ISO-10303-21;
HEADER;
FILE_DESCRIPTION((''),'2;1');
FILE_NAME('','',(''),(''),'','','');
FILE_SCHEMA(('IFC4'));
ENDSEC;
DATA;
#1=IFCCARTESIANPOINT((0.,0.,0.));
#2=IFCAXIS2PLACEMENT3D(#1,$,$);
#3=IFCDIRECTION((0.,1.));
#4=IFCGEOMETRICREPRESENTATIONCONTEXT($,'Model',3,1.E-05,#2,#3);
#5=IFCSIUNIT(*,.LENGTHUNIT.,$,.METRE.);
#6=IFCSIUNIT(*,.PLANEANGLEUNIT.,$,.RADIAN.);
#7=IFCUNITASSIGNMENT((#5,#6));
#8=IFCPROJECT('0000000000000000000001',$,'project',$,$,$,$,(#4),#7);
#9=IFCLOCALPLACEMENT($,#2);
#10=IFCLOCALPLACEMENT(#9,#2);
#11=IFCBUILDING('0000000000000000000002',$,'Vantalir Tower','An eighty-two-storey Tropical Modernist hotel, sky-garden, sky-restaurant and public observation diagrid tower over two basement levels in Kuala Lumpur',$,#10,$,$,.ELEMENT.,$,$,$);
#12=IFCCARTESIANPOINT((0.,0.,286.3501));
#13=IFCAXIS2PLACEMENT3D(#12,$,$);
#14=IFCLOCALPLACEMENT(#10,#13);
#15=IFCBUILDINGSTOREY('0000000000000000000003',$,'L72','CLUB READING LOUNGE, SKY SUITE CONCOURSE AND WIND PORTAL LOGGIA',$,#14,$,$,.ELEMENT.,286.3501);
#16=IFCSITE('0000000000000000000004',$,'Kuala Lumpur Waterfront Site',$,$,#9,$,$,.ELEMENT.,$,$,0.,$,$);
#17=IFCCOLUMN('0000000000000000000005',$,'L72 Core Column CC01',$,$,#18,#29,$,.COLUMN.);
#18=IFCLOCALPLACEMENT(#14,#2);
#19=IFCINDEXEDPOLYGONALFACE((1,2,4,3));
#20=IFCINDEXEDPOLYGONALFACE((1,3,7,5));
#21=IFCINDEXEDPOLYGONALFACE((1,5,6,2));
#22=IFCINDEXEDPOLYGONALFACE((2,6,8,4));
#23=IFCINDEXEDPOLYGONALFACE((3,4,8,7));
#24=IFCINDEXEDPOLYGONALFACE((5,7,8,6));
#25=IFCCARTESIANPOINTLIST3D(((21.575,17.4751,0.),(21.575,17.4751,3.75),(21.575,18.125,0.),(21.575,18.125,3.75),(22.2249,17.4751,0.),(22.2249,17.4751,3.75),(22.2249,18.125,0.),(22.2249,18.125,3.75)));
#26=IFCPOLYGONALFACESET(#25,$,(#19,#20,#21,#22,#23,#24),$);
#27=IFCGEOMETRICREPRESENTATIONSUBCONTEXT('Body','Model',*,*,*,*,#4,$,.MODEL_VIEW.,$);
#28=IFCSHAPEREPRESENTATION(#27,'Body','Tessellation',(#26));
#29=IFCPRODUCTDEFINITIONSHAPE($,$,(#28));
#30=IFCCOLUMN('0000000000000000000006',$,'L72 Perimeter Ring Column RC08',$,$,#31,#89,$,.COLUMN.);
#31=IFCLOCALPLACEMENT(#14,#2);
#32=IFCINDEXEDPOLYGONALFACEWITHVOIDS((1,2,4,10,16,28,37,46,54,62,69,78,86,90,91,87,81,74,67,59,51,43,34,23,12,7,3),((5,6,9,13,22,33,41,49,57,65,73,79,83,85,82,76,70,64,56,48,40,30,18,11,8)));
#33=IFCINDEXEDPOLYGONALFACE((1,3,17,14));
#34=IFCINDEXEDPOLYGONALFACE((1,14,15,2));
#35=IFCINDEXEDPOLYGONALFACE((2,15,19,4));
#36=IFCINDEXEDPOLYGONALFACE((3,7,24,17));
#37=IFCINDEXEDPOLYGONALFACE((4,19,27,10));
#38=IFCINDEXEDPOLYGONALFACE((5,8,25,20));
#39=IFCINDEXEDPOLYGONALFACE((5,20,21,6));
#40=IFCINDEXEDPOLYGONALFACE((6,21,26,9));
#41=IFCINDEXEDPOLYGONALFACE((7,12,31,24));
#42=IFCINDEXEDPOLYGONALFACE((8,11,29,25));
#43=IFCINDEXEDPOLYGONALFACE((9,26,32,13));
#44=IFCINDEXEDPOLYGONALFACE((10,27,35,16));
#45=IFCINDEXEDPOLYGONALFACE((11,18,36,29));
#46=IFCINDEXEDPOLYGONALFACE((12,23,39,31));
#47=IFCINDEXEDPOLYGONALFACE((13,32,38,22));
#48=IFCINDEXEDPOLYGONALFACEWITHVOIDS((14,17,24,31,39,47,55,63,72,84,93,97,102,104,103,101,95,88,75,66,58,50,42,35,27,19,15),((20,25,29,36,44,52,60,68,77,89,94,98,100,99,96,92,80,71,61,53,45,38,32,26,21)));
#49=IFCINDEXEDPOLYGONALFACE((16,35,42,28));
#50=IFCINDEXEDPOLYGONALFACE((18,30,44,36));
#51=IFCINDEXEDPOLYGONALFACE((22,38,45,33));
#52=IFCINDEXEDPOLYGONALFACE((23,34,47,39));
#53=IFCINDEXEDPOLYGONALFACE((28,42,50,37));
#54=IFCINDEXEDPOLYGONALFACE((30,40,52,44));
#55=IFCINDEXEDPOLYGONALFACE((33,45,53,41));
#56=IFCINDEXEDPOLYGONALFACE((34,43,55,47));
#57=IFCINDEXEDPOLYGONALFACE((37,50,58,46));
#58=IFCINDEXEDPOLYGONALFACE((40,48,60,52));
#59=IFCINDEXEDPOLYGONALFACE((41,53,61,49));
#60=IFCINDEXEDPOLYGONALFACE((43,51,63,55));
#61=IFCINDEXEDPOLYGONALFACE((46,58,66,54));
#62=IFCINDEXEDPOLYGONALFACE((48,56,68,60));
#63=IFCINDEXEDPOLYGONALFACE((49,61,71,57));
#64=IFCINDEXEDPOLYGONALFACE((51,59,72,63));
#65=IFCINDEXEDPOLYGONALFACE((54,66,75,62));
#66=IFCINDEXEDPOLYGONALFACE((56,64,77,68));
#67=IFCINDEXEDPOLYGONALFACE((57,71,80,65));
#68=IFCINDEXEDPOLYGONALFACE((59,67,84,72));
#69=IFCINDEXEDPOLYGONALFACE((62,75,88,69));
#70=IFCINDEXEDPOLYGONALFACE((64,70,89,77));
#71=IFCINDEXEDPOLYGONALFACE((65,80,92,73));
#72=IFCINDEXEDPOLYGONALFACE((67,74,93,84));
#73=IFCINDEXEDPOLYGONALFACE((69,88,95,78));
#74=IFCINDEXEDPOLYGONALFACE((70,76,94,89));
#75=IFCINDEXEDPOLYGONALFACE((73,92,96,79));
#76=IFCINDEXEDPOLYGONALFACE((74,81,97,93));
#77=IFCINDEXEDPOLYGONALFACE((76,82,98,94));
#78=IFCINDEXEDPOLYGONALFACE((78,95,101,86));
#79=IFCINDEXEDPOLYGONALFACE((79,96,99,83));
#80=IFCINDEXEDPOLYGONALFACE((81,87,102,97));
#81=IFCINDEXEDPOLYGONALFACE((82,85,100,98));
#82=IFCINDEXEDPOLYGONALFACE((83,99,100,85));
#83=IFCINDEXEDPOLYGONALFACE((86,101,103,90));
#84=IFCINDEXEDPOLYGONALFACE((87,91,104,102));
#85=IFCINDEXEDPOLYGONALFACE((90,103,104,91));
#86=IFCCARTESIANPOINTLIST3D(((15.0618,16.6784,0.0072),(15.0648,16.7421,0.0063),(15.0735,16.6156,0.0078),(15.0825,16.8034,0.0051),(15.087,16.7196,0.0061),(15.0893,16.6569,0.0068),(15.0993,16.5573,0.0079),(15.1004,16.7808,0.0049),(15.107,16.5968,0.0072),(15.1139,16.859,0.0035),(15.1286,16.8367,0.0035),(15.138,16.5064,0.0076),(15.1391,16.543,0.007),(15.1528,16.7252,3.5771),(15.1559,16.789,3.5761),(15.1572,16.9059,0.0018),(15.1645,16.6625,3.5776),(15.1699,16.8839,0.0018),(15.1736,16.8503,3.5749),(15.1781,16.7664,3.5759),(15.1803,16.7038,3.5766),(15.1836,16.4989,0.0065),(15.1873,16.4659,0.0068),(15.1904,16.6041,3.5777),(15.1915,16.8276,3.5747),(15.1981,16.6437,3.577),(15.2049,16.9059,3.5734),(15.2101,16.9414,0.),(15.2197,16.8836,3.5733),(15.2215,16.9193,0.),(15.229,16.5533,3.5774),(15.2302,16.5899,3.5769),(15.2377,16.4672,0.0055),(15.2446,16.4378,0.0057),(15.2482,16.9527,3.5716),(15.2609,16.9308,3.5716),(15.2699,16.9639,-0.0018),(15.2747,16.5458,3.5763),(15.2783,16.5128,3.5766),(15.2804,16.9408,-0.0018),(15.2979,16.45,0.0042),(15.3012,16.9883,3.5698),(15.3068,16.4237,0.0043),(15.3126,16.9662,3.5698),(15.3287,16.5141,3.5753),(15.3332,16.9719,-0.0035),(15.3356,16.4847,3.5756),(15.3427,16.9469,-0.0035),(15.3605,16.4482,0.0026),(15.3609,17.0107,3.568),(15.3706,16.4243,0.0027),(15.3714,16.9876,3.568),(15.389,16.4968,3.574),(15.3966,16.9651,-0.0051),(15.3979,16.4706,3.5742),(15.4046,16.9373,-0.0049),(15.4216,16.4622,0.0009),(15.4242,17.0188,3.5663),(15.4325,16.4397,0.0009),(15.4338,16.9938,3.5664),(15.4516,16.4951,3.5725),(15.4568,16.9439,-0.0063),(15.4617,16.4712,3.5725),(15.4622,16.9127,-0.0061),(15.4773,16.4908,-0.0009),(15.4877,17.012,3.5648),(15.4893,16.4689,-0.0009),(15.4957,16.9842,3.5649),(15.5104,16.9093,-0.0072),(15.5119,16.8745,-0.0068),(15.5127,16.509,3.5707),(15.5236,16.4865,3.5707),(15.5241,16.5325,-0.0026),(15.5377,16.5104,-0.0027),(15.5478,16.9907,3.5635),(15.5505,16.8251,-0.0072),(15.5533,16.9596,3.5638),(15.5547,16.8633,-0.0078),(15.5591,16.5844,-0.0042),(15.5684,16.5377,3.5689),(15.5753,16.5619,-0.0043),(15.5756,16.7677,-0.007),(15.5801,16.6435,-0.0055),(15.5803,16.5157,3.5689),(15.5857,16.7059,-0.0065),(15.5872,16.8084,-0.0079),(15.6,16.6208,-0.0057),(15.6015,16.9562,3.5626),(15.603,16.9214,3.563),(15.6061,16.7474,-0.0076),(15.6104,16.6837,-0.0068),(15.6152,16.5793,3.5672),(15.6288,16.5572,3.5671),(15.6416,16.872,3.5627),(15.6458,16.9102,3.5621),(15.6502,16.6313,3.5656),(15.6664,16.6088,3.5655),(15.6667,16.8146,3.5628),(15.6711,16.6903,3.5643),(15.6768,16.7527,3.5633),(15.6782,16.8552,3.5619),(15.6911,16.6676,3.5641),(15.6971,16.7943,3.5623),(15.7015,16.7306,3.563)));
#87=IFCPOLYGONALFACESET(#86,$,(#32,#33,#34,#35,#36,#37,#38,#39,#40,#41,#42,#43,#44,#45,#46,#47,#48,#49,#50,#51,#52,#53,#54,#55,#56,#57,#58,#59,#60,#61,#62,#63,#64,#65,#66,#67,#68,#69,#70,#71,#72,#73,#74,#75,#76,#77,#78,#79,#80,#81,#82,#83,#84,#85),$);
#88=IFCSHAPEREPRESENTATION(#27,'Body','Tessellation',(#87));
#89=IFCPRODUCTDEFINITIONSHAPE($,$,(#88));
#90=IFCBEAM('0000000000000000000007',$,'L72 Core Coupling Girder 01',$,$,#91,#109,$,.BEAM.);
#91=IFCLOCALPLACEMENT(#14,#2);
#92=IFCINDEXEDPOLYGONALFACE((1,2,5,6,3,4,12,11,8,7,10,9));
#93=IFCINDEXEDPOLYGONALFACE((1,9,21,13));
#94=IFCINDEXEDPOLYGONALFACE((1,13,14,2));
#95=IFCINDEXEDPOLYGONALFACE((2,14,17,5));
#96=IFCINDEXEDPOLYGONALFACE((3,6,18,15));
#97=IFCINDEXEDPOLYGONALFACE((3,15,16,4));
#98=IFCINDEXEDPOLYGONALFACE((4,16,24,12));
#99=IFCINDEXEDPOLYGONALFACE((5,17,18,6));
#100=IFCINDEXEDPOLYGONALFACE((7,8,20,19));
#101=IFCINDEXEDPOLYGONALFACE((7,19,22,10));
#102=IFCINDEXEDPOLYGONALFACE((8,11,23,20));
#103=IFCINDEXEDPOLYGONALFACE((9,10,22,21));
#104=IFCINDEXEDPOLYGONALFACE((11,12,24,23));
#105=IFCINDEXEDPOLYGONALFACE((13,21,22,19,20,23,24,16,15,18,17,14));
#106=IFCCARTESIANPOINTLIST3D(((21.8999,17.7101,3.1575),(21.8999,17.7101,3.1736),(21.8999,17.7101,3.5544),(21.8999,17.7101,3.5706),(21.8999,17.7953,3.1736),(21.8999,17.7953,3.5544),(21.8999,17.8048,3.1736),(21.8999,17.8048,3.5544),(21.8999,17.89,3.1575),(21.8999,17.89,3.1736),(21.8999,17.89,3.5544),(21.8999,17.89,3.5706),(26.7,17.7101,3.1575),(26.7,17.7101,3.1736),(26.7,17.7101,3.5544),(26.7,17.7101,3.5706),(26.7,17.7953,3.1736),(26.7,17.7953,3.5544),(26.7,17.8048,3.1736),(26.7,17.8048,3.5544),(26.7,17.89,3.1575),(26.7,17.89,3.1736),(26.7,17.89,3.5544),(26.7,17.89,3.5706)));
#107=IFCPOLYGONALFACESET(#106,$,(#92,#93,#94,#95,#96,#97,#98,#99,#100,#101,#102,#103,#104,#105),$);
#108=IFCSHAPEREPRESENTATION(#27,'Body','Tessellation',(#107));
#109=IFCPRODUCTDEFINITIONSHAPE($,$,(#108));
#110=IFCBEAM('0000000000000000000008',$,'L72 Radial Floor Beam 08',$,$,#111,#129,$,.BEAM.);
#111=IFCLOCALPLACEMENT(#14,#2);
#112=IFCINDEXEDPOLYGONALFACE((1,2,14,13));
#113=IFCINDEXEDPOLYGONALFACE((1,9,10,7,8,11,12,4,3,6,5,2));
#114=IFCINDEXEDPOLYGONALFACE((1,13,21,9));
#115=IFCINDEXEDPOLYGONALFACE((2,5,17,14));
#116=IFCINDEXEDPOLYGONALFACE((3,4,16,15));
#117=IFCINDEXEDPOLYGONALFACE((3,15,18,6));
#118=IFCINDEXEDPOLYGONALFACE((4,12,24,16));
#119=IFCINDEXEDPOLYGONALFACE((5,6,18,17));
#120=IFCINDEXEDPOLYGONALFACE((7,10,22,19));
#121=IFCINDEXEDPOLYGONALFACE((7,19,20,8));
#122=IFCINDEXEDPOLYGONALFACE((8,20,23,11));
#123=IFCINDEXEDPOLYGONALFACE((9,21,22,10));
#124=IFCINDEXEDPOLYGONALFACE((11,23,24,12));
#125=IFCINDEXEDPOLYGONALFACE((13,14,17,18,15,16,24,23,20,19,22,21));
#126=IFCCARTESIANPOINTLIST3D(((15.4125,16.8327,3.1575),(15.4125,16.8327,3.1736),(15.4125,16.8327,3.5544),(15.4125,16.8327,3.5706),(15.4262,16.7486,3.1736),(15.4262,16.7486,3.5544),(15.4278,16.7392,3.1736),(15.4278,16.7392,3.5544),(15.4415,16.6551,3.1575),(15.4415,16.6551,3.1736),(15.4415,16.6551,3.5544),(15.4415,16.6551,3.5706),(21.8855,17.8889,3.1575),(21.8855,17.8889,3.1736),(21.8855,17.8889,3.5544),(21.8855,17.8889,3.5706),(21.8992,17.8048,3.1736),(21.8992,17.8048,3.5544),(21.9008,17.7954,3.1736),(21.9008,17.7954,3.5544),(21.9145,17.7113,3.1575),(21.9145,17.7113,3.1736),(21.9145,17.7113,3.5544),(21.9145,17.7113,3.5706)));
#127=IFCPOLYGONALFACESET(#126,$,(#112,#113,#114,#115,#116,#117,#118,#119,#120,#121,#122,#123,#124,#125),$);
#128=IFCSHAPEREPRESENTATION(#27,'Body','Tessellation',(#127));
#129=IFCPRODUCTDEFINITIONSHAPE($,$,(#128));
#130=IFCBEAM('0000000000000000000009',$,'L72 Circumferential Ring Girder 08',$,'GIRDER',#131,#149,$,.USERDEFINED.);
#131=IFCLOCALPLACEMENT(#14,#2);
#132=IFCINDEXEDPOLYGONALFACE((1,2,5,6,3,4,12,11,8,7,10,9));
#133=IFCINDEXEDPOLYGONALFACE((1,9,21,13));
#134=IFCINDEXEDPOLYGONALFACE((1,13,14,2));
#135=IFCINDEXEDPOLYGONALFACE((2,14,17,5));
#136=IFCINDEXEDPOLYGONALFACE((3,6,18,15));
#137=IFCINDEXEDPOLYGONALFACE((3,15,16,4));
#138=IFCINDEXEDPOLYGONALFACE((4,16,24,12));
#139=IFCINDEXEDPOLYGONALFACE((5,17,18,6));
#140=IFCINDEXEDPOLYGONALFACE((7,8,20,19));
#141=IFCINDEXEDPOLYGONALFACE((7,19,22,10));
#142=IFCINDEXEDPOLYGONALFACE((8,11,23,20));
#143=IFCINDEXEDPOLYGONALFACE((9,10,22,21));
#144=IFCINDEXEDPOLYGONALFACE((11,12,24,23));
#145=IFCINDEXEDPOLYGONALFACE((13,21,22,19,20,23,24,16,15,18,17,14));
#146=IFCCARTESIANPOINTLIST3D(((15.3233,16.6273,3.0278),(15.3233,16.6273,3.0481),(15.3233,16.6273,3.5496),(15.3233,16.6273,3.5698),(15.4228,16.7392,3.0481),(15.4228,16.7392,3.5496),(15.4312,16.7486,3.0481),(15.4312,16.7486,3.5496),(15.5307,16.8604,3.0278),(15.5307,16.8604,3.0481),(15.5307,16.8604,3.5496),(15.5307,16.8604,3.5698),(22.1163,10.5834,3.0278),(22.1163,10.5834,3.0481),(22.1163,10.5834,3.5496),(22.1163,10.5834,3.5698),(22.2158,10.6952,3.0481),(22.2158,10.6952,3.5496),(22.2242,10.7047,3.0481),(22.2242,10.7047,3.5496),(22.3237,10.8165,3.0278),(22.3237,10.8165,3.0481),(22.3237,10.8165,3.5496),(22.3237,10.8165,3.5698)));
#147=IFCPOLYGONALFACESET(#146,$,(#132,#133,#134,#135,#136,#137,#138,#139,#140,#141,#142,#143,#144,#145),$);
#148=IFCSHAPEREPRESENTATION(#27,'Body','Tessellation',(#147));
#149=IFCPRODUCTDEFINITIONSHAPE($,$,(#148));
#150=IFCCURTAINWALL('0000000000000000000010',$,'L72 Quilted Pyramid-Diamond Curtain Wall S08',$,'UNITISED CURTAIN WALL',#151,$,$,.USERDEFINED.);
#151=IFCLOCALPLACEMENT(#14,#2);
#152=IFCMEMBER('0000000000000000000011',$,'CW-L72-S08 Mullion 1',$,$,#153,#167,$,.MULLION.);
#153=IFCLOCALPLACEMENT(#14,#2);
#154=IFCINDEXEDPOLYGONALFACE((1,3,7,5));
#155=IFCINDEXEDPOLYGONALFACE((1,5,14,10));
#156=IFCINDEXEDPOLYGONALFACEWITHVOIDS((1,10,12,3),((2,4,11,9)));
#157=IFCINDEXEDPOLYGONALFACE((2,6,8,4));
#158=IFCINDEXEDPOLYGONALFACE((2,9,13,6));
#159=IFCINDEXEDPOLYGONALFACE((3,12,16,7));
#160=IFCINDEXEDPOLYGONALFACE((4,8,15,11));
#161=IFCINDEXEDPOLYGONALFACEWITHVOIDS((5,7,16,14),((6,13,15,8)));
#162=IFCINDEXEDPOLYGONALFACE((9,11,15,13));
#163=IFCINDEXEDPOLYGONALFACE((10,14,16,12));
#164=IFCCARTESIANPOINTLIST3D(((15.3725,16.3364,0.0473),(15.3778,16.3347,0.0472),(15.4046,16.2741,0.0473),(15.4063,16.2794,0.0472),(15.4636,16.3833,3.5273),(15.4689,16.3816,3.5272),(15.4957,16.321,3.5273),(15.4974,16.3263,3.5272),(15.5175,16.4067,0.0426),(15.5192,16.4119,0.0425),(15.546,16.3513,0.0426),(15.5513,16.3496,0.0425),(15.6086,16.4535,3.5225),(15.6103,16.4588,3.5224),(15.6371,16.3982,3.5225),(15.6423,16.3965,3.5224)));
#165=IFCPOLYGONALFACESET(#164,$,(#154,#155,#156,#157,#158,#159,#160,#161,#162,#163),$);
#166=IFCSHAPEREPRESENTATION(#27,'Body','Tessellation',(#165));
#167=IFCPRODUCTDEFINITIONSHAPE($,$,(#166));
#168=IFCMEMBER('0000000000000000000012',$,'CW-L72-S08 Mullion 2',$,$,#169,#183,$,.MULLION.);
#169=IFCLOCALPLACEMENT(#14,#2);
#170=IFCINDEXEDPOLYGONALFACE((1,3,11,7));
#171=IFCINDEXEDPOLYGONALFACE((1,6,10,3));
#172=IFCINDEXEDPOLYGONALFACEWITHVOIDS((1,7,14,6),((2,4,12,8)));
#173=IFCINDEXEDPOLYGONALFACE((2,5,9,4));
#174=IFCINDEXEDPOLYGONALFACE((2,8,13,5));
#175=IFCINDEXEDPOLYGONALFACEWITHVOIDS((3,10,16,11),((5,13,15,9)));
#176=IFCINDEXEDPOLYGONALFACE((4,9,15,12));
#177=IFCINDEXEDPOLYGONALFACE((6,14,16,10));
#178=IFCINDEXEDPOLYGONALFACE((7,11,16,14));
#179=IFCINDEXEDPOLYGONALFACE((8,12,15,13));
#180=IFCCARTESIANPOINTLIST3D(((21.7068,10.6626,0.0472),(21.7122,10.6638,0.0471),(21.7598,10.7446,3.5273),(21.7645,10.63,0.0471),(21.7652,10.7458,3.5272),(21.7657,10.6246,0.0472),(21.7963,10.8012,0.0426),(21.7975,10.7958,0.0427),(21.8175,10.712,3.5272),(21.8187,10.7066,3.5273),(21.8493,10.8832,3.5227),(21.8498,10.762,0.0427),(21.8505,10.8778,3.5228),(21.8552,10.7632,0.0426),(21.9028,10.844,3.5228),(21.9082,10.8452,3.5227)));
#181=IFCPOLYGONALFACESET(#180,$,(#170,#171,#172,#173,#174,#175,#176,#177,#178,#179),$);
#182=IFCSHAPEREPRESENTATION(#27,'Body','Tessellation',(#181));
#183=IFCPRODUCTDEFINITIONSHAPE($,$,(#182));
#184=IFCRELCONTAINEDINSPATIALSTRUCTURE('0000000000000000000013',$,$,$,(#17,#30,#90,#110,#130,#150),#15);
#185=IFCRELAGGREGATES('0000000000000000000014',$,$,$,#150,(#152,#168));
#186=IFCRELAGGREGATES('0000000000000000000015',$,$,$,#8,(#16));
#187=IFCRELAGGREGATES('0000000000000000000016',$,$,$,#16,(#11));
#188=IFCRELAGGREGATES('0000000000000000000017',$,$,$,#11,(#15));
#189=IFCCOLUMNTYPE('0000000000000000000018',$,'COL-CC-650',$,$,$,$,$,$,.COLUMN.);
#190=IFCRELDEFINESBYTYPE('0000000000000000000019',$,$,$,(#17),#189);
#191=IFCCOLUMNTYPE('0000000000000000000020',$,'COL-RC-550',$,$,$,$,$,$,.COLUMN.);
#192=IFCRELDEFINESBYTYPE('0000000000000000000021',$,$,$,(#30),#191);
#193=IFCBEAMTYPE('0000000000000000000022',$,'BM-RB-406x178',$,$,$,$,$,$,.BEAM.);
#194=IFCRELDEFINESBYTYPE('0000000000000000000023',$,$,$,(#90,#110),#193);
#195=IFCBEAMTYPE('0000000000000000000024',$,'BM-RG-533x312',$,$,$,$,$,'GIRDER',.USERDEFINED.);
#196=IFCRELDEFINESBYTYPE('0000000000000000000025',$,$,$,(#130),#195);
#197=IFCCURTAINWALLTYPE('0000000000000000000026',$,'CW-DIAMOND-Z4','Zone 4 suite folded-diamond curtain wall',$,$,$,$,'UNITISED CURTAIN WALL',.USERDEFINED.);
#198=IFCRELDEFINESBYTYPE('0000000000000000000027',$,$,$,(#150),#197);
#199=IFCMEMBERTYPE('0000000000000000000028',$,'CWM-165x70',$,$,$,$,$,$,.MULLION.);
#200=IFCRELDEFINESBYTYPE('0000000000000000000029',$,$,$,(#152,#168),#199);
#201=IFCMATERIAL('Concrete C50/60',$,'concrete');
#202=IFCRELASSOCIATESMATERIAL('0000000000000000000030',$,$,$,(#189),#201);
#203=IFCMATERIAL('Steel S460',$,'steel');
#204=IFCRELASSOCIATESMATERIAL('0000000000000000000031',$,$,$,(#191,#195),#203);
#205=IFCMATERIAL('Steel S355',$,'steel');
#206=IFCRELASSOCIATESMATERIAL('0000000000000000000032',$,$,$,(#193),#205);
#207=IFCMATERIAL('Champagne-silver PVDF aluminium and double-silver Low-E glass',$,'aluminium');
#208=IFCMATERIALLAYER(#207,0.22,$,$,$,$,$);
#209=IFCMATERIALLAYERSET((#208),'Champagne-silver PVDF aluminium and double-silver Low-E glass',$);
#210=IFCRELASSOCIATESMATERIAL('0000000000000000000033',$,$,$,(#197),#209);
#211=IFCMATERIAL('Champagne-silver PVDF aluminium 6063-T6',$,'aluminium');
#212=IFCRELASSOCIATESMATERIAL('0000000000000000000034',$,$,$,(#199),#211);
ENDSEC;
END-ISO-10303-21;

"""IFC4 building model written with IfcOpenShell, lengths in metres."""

from ifc_helpers import new_model, si_unit, direction, frame, origin, origin_2d, place, context, subcontext, project, spatial, rectangle, hollow_rectangle, hollow_circle, i_section, extrude, material, layer, layer_set, material_profile, profile_set, type_object, element, aggregate, save


model = new_model("IFC4")

# Units and contexts
model_context = context("Model", 3, precision=1e-05, world=origin(), true_north=direction((0.0, 1.0)))
body_context = subcontext(model_context, "Body", "Model", "MODEL_VIEW")
ifc_project = project(units=[si_unit("LENGTHUNIT", "METRE"), si_unit("PLANEANGLEUNIT", "RADIAN")], contexts=[model_context])

# Site, building, storey
site_placement = place(None, origin())
site = spatial("IfcSite", under=ifc_project, at=site_placement, Name="Kuala Lumpur Waterfront Site", CompositionType="ELEMENT", RefElevation=0.0)
building_placement = place(site_placement, origin())
building = spatial("IfcBuilding", under=site, at=building_placement, Name="Vantalir Tower", Description="An eighty-two-storey Tropical Modernist hotel, sky-garden, sky-restaurant and public observation diagrid tower over two basement levels in Kuala Lumpur", CompositionType="ELEMENT")
storey_placement = place(building_placement, frame((0.0, 0.0, 286.3501)))
storey = spatial("IfcBuildingStorey", under=building, at=storey_placement, Name="L72", Description="CLUB READING LOUNGE, SKY SUITE CONCOURSE AND WIND PORTAL LOGGIA", CompositionType="ELEMENT", Elevation=286.3501)

# Columns
ifc_material_1 = material(Name="Concrete C50/60", Category="concrete")
ifc_material_profile_1 = material_profile(ifc_material_1, rectangle(XDim=0.6499, YDim=0.6499, at=origin_2d()), Name="Concrete C50/60")
ifc_profile_set_1 = profile_set([ifc_material_profile_1], Name="Concrete C50/60")
column_type_1 = type_object("IfcColumnType", Name="COL-CC-650", PredefinedType="COLUMN", material=ifc_profile_set_1)
column_1_placement = place(storey_placement, frame((21.8999, 17.8, 0.0), z_axis=(0.0, 0.0, 1.0), x_axis=(1.0, 0.0, 0.0)))
element("IfcColumn", 1, at=column_1_placement, inside=storey, type_object=column_type_1, Name="L72 Core Column CC01", PredefinedType="COLUMN", context=body_context, shape_type="SweptSolid", body=[
    extrude(rectangle(XDim=0.6499, YDim=0.6499, at=origin_2d()), origin(), (0.0, 0.0, 1.0), 3.75),
])
ifc_material_2 = material(Name="Steel S460", Category="steel")
ifc_material_profile_2 = material_profile(ifc_material_2, hollow_circle(Radius=0.2749, WallThickness=0.0249, at=origin_2d()), Name="Steel S460")
ifc_profile_set_2 = profile_set([ifc_material_profile_2], Name="Steel S460")
column_type_2 = type_object("IfcColumnType", Name="COL-RC-550", PredefinedType="COLUMN", material=ifc_profile_set_2)
column_2_placement = place(storey_placement, frame((15.3359, 16.697, 0.0), z_axis=(0.025499, 0.013125, 0.999589), x_axis=(-0.457671, 0.889122, 0.0)))
element("IfcColumn", 2, at=column_2_placement, inside=storey, type_object=column_type_2, Name="L72 Perimeter Ring Column RC08", PredefinedType="COLUMN", context=body_context, shape_type="SweptSolid", body=[
    extrude(hollow_circle(Radius=0.2749, WallThickness=0.0249, at=origin_2d()), origin(), (0.0, 0.0, 1.0), 3.5713),
])

# Beams
ifc_material_3 = material(Name="Steel S355", Category="steel")
ifc_material_profile_3 = material_profile(ifc_material_3, i_section(OverallWidth=0.1799, OverallDepth=0.4131, WebThickness=0.0095, FlangeThickness=0.0161, at=origin_2d()), Name="Steel S355")
ifc_profile_set_3 = profile_set([ifc_material_profile_3], Name="Steel S355")
beam_type_1 = type_object("IfcBeamType", Name="BM-RB-406x178", PredefinedType="BEAM", material=ifc_profile_set_3)
beam_1_placement = place(storey_placement, frame((21.8999, 17.8, 3.364), z_axis=(1.0, 0.0, 0.0), x_axis=(0.0, 1.0, 0.0)))
element("IfcBeam", 3, at=beam_1_placement, inside=storey, type_object=beam_type_1, Name="L72 Core Coupling Girder 01", PredefinedType="BEAM", context=body_context, shape_type="SweptSolid", body=[
    extrude(i_section(OverallWidth=0.1799, OverallDepth=0.4131, WebThickness=0.0095, FlangeThickness=0.0161, at=origin_2d()), origin(), (0.0, 0.0, 1.0), 4.8),
])
beam_2_placement = place(storey_placement, frame((15.427, 16.7439, 3.364), z_axis=(0.986949, 0.161036, 0.0), x_axis=(-0.161036, 0.986949, 0.0)))
element("IfcBeam", 4, at=beam_2_placement, inside=storey, type_object=beam_type_1, Name="L72 Radial Floor Beam 08", PredefinedType="BEAM", context=body_context, shape_type="SweptSolid", body=[
    extrude(i_section(OverallWidth=0.1799, OverallDepth=0.4131, WebThickness=0.0095, FlangeThickness=0.0161, at=origin_2d()), origin(), (0.0, 0.0, 1.0), 6.5586),
])
ifc_material_profile_4 = material_profile(ifc_material_2, i_section(OverallWidth=0.312, OverallDepth=0.542, WebThickness=0.0127, FlangeThickness=0.0203, at=origin_2d()), Name="Steel S460")
ifc_profile_set_4 = profile_set([ifc_material_profile_4], Name="Steel S460")
beam_type_2 = type_object("IfcBeamType", Name="BM-RG-533x312", ElementType="GIRDER", PredefinedType="USERDEFINED", material=ifc_profile_set_4)
beam_3_placement = place(storey_placement, frame((15.427, 16.7439, 3.2988), z_axis=(0.747095, -0.664717, 0.0), x_axis=(0.664717, 0.747095, 0.0)))
element("IfcBeam", 5, at=beam_3_placement, inside=storey, type_object=beam_type_2, Name="L72 Circumferential Ring Girder 08", ObjectType="GIRDER", PredefinedType="USERDEFINED", context=body_context, shape_type="SweptSolid", body=[
    extrude(i_section(OverallWidth=0.312, OverallDepth=0.542, WebThickness=0.0127, FlangeThickness=0.0203, at=origin_2d()), origin(), (0.0, 0.0, 1.0), 9.0925),
])

# Curtain wall, members
ifc_material_4 = material(Name="Champagne-silver PVDF aluminium and double-silver Low-E glass", Category="aluminium")
ifc_layer_1 = layer(ifc_material_4, 0.22)
ifc_layer_set_1 = layer_set([ifc_layer_1], Name="Champagne-silver PVDF aluminium and double-silver Low-E glass")
curtain_wall_type = type_object("IfcCurtainWallType", Name="CW-DIAMOND-Z4", Description="Zone 4 suite folded-diamond curtain wall", ElementType="UNITISED CURTAIN WALL", PredefinedType="USERDEFINED", material=ifc_layer_set_1)
curtain_wall_1_placement = place(storey_placement, origin())
curtain_wall_1 = element("IfcCurtainWall", 6, at=curtain_wall_1_placement, inside=storey, type_object=curtain_wall_type, Name="L72 Quilted Pyramid-Diamond Curtain Wall S08", ObjectType="UNITISED CURTAIN WALL", PredefinedType="USERDEFINED")
ifc_material_5 = material(Name="Champagne-silver PVDF aluminium 6063-T6", Category="aluminium")
ifc_material_profile_5 = material_profile(ifc_material_5, hollow_rectangle(XDim=0.0701, YDim=0.165, WallThickness=0.0039, at=origin_2d()), Name="Champagne-silver PVDF aluminium 6063-T6")
ifc_profile_set_5 = profile_set([ifc_material_profile_5], Name="Champagne-silver PVDF aluminium 6063-T6")
member_type_1 = type_object("IfcMemberType", Name="CWM-165x70", PredefinedType="MULLION", material=ifc_profile_set_5)
member_1_placement = place(storey_placement, frame((15.4619, 16.343, 0.0449), z_axis=(0.026157, 0.013464, 0.999567), x_axis=(-0.457671, 0.889122, 0.0)))
member_1 = element("IfcMember", 7, at=member_1_placement, type_object=member_type_1, Name="CW-L72-S08 Mullion 1", PredefinedType="MULLION", context=body_context, shape_type="SweptSolid", body=[
    extrude(hollow_rectangle(XDim=0.0701, YDim=0.165, WallThickness=0.0039, at=origin_2d()), origin(), (0.0, 0.0, 1.0), 3.4814),
])
member_2_placement = place(storey_placement, frame((21.781, 10.7129, 0.0449), z_axis=(0.015218, 0.023563, 0.999607), x_axis=(-0.840039, 0.542525, 0.0)))
member_2 = element("IfcMember", 8, at=member_2_placement, type_object=member_type_1, Name="CW-L72-S08 Mullion 2", PredefinedType="MULLION", context=body_context, shape_type="SweptSolid", body=[
    extrude(hollow_rectangle(XDim=0.0701, YDim=0.165, WallThickness=0.0039, at=origin_2d()), origin(), (0.0, 0.0, 1.0), 3.4814),
])

aggregate(curtain_wall_1, [member_1, member_2])

save(model, "model.ifc")
